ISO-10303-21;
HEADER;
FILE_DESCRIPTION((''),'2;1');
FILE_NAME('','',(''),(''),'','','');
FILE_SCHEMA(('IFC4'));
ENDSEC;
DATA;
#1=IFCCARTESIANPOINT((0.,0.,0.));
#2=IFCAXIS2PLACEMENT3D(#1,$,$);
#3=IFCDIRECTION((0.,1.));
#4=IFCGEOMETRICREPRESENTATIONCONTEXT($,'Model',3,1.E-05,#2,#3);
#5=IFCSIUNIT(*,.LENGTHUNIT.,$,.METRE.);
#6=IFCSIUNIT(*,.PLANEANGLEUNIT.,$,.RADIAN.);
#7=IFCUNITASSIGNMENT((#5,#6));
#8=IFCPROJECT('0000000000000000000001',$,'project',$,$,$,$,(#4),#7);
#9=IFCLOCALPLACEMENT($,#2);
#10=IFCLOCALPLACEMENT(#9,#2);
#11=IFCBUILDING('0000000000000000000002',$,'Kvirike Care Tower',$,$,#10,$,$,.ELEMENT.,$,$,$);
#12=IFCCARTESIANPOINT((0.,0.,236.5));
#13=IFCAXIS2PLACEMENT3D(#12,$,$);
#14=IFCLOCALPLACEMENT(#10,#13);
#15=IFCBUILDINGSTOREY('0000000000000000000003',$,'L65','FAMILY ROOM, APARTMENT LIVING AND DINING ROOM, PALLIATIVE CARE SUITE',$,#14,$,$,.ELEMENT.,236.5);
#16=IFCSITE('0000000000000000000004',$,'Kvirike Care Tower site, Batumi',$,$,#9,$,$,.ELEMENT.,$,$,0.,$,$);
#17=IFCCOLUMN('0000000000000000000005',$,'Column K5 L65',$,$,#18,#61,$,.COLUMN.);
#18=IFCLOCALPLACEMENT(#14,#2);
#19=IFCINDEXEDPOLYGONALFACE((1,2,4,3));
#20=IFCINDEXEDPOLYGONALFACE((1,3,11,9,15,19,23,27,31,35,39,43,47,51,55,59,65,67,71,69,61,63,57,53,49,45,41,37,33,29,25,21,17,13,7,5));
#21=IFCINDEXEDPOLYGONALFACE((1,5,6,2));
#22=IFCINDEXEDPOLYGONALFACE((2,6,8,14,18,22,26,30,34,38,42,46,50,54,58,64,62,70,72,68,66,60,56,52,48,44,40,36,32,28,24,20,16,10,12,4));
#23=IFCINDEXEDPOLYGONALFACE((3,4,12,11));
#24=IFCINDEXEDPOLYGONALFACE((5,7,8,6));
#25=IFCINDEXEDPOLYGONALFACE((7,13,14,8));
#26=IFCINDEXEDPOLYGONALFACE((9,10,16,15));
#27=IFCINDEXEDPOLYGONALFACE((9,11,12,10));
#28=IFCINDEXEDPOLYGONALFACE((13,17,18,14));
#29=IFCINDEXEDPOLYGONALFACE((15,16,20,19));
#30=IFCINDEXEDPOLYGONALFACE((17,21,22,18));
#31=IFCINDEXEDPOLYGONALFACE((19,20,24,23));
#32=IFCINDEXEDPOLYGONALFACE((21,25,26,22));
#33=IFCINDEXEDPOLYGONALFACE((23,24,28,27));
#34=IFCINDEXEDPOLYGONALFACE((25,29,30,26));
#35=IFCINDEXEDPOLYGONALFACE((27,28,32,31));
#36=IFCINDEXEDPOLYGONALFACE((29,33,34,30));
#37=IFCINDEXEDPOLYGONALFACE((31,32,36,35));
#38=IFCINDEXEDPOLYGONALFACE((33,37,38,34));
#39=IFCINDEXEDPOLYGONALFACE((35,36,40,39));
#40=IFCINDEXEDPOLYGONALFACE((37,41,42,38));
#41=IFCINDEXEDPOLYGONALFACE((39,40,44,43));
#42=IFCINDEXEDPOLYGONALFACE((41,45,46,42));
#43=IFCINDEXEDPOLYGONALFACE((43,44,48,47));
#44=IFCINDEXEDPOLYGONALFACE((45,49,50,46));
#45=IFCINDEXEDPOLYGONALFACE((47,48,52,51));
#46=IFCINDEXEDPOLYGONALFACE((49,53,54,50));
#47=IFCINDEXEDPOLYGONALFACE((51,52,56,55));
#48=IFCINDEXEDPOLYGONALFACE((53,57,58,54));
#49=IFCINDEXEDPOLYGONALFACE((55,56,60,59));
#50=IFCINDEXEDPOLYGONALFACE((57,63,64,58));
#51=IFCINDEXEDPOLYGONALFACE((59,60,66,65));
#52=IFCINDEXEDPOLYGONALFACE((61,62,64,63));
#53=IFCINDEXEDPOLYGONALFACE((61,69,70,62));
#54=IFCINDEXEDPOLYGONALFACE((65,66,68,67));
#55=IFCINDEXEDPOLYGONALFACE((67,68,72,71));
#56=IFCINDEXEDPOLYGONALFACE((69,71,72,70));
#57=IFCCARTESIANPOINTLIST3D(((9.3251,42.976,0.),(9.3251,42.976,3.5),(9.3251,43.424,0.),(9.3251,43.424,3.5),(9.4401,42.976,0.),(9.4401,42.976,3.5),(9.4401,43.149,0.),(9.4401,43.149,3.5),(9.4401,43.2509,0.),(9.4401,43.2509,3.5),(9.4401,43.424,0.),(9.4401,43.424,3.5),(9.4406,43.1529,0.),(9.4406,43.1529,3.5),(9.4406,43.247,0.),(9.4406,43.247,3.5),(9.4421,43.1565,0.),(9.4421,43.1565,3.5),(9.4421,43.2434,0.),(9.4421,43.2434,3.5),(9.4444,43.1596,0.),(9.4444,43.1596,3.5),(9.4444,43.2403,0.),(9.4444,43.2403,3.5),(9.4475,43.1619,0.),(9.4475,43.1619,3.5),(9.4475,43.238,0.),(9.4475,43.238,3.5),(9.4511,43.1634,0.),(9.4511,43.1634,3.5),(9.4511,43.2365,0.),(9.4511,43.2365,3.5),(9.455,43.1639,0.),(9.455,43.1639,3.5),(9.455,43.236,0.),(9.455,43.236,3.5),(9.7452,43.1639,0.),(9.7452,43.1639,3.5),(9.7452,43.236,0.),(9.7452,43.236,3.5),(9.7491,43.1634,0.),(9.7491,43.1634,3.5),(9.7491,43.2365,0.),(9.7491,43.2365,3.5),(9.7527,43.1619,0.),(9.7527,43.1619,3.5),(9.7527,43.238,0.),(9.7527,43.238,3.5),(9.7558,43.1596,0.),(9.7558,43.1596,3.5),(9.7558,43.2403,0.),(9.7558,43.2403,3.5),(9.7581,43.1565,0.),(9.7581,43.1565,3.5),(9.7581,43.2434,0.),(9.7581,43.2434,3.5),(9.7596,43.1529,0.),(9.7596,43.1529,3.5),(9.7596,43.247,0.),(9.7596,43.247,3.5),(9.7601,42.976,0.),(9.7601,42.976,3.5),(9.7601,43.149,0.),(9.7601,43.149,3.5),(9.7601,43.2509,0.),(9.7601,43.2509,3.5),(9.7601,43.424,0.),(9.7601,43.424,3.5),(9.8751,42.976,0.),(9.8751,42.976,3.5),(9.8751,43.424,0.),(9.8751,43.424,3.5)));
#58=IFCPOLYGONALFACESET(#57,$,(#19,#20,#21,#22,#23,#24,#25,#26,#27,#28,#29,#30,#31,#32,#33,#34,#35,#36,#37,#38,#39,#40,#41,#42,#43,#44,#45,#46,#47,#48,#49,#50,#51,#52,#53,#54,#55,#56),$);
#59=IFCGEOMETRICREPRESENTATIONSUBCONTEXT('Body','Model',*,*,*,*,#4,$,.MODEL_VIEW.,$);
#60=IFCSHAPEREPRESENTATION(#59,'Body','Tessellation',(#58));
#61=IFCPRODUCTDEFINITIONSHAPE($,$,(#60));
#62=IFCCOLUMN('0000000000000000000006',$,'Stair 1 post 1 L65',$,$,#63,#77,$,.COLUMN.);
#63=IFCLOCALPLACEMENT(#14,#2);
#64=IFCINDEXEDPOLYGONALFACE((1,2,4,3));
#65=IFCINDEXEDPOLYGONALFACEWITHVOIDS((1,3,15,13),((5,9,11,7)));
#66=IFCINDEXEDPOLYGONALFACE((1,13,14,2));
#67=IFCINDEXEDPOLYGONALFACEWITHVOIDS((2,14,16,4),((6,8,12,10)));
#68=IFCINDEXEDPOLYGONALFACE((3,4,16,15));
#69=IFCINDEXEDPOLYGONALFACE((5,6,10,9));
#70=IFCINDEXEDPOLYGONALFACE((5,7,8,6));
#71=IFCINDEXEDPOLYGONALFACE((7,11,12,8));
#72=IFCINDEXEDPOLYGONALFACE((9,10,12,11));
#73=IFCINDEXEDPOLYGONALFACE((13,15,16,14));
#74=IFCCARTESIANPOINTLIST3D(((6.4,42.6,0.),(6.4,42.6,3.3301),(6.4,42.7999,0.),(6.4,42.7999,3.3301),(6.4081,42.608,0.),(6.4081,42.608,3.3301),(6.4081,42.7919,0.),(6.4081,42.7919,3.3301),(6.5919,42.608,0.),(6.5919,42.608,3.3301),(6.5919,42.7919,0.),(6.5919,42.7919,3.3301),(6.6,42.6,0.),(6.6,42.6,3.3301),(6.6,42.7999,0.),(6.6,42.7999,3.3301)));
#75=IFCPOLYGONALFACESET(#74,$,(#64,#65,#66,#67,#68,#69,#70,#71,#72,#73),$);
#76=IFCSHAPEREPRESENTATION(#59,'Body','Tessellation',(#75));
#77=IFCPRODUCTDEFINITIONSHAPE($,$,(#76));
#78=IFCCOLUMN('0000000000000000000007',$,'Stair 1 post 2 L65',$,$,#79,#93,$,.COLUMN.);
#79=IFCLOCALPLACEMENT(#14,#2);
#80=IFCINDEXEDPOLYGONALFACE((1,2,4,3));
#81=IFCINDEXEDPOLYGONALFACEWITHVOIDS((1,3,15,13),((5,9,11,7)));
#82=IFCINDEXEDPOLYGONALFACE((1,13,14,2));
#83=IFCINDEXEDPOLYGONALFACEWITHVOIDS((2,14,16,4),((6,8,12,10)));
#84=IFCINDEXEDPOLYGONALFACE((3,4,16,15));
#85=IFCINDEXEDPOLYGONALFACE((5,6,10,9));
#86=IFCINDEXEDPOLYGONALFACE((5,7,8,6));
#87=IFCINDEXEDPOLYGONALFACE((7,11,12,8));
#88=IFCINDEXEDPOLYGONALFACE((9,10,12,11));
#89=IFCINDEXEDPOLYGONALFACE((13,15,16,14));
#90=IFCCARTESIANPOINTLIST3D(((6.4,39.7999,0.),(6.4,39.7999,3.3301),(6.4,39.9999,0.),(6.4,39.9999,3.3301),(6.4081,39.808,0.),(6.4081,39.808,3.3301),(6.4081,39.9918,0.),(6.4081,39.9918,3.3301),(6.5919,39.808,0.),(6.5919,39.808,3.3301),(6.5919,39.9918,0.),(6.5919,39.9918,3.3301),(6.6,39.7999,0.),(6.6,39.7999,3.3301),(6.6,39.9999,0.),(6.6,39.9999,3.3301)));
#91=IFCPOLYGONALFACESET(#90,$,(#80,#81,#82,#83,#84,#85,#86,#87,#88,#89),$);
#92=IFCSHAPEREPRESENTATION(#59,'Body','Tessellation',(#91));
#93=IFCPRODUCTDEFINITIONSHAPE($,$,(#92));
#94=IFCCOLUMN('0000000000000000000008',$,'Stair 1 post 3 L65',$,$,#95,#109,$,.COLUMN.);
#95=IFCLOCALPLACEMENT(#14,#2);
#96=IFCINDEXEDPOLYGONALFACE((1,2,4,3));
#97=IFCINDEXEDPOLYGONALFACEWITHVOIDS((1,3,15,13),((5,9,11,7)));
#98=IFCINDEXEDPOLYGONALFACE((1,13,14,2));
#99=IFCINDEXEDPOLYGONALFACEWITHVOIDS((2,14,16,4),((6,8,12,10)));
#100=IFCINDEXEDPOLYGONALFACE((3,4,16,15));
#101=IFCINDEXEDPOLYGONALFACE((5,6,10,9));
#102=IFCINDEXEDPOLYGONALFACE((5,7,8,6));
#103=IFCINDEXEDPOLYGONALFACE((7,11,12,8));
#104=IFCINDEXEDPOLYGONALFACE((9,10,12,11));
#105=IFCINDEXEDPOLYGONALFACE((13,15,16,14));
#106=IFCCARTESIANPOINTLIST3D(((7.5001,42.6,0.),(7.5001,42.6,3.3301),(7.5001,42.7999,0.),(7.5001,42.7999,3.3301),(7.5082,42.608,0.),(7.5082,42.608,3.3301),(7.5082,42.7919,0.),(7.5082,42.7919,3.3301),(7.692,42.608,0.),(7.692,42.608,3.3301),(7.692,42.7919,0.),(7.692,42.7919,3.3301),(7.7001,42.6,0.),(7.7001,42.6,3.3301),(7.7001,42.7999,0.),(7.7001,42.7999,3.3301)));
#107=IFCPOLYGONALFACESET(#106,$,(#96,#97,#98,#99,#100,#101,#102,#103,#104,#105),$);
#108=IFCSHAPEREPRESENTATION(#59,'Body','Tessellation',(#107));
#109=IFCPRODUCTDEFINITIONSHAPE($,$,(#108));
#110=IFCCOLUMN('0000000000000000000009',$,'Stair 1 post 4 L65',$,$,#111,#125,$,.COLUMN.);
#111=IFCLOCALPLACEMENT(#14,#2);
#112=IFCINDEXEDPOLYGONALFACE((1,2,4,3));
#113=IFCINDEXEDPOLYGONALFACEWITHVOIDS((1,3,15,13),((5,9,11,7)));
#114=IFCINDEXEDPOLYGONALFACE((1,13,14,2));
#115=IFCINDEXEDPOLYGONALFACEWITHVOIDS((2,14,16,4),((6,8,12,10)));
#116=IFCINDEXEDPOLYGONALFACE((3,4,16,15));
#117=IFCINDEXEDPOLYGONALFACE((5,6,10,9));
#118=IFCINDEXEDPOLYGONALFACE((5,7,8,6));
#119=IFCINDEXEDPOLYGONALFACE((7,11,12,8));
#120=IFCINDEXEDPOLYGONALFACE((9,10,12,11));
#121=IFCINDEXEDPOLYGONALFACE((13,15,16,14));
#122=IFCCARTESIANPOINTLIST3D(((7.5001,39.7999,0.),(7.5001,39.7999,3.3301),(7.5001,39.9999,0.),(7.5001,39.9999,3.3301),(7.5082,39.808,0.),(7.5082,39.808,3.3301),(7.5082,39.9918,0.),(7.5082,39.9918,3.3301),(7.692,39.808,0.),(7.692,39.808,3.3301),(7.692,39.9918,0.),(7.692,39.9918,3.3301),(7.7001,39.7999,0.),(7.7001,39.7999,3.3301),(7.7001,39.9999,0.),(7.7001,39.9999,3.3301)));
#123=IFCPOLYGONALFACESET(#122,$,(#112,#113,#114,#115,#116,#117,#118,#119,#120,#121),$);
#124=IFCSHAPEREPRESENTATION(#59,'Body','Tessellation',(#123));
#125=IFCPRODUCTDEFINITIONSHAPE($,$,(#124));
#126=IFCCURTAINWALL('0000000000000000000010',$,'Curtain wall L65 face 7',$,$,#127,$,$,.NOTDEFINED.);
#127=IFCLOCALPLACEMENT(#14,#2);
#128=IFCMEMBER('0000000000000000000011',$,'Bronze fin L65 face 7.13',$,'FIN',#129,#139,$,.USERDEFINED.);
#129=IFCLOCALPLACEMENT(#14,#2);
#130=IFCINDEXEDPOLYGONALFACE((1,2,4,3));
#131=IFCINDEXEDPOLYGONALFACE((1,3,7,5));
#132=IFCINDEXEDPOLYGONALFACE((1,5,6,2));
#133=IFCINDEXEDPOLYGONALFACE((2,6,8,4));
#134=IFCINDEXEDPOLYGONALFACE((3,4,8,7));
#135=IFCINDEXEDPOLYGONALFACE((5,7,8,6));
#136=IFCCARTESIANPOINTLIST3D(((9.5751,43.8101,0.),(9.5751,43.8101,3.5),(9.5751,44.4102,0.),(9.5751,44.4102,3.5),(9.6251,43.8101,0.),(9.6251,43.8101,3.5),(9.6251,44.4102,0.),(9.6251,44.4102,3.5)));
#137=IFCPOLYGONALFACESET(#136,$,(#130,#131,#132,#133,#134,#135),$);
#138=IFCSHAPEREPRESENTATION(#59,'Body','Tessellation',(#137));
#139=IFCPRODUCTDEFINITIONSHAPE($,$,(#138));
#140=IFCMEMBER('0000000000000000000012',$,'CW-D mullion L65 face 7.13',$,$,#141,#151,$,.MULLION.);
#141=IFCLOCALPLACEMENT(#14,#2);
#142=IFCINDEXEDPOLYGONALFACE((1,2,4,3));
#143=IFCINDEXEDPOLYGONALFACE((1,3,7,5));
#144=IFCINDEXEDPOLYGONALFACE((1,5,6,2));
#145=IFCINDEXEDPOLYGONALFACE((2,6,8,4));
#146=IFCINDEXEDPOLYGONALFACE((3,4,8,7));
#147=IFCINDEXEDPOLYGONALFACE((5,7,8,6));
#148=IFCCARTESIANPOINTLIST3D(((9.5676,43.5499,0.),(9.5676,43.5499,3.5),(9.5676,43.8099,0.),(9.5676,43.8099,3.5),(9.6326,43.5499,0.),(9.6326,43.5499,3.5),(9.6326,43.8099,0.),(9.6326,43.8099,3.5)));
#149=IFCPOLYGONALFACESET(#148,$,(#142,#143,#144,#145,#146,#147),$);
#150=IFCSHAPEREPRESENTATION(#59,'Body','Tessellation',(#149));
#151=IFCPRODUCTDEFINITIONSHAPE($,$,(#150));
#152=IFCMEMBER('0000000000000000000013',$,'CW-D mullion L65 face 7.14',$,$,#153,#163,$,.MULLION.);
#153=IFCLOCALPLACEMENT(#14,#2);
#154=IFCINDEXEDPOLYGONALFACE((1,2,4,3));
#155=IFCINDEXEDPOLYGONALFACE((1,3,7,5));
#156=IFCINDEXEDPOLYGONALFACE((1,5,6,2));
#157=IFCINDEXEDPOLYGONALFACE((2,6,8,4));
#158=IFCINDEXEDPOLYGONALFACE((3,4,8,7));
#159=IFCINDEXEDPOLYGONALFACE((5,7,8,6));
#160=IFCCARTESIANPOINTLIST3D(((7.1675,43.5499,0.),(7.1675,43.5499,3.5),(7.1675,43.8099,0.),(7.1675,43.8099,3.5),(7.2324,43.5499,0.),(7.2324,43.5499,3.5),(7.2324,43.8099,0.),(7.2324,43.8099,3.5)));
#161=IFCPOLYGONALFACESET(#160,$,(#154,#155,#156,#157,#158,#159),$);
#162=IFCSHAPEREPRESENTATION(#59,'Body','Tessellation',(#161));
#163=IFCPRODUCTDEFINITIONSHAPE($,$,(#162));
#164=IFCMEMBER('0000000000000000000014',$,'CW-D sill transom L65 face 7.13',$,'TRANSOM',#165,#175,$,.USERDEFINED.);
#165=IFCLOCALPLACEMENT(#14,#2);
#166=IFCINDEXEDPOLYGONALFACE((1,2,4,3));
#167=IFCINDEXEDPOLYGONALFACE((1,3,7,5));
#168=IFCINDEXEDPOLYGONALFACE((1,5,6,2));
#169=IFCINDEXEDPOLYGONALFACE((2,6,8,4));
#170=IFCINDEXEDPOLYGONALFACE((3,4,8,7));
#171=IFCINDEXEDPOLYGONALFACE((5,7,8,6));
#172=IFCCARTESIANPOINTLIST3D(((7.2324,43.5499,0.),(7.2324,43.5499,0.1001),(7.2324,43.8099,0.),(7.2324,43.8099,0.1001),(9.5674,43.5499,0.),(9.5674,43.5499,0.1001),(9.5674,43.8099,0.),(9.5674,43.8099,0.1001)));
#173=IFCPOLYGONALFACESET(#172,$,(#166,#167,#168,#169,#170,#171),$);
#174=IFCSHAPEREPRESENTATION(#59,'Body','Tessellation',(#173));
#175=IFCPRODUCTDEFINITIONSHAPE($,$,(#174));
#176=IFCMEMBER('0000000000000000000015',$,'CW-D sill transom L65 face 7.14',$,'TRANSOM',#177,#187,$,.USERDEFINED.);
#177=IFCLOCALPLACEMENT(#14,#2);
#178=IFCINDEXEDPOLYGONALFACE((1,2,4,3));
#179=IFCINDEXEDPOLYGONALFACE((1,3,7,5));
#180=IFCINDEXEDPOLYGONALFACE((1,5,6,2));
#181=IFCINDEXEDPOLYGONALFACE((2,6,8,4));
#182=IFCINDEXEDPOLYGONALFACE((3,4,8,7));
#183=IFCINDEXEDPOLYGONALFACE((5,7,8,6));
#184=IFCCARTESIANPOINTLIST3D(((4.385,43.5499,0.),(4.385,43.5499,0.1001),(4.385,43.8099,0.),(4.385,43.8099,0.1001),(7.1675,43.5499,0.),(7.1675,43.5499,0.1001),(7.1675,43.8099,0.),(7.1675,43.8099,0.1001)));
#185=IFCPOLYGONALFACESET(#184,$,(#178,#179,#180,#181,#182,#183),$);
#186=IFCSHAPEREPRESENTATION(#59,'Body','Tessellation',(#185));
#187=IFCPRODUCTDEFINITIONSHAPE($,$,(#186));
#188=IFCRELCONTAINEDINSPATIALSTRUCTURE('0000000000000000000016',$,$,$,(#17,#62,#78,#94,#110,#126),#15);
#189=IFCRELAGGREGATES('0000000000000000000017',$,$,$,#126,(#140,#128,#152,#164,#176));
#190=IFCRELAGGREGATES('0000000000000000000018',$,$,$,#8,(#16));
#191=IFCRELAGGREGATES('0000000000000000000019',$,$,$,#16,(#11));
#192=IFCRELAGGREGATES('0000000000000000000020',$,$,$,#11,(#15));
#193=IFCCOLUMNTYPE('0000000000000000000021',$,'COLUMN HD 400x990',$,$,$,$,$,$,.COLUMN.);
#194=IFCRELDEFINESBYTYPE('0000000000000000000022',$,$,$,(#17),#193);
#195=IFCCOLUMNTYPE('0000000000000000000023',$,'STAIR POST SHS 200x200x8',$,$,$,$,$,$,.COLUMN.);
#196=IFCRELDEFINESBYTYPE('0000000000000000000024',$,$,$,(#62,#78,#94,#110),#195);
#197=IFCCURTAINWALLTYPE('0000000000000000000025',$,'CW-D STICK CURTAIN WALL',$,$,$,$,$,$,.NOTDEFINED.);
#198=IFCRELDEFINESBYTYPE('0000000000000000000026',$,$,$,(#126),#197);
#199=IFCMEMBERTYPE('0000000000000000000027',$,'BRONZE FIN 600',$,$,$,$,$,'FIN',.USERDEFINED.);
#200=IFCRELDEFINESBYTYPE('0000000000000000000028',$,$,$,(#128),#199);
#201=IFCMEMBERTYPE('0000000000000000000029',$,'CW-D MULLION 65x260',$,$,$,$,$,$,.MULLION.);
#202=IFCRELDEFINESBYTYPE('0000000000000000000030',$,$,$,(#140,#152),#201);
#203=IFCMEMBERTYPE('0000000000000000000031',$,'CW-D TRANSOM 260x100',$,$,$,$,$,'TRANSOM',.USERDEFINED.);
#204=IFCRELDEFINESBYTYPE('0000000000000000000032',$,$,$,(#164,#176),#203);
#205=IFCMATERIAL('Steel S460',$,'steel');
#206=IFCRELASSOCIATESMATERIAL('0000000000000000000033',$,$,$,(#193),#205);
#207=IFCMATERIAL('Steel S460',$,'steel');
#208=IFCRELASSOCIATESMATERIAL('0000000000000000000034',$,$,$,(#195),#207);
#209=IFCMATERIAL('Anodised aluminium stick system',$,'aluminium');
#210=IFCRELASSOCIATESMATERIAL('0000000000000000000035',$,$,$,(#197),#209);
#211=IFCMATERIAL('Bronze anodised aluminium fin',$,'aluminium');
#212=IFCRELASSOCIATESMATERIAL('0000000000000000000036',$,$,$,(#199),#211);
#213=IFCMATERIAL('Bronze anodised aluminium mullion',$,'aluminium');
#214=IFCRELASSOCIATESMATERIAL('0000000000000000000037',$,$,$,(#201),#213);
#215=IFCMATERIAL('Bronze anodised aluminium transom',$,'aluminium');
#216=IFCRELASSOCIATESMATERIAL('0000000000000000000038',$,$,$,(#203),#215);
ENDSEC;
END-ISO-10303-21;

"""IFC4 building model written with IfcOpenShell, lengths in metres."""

from ifc_helpers import new_model, si_unit, direction, frame, origin, origin_2d, place, context, subcontext, project, spatial, rectangle, hollow_rectangle, i_section, extrude, material, material_profile, profile_set, type_object, element, aggregate, save


model = new_model("IFC4")

# Units and contexts
model_context = context("Model", 3, precision=1e-05, world=origin(), true_north=direction((0.0, 1.0)))
body_context = subcontext(model_context, "Body", "Model", "MODEL_VIEW")
ifc_project = project(units=[si_unit("LENGTHUNIT", "METRE"), si_unit("PLANEANGLEUNIT", "RADIAN")], contexts=[model_context])

# Site, building, storey
site_placement = place(None, origin())
site = spatial("IfcSite", under=ifc_project, at=site_placement, Name="Kvirike Care Tower site, Batumi", CompositionType="ELEMENT", RefElevation=0.0)
building_placement = place(site_placement, origin())
building = spatial("IfcBuilding", under=site, at=building_placement, Name="Kvirike Care Tower", CompositionType="ELEMENT")
storey_placement = place(building_placement, frame((0.0, 0.0, 236.5)))
storey = spatial("IfcBuildingStorey", under=building, at=storey_placement, Name="L65", Description="FAMILY ROOM, APARTMENT LIVING AND DINING ROOM, PALLIATIVE CARE SUITE", CompositionType="ELEMENT", Elevation=236.5)

# Columns
ifc_material_1 = material(Name="Steel S460", Category="steel")
ifc_material_profile_1 = material_profile(ifc_material_1, i_section(OverallWidth=0.448, OverallDepth=0.55, WebThickness=0.072, FlangeThickness=0.115, FilletRadius=0.0149, at=origin_2d()), Name="HD 400x990")
ifc_profile_set_1 = profile_set([ifc_material_profile_1], Name="Steel S460")
column_type_1 = type_object("IfcColumnType", Name="COLUMN HD 400x990", PredefinedType="COLUMN", material=ifc_profile_set_1)
column_placement = place(storey_placement, frame((9.6001, 43.2, 0.0), z_axis=(0.0, 0.0, 1.0), x_axis=(0.0, 1.0, 0.0)))
element("IfcColumn", 1, at=column_placement, inside=storey, type_object=column_type_1, Name="Column K5 L65", PredefinedType="COLUMN", context=body_context, shape_type="SweptSolid", body=[
    extrude(i_section(OverallWidth=0.448, OverallDepth=0.55, WebThickness=0.072, FlangeThickness=0.115, FilletRadius=0.0149, at=origin_2d()), origin(), (0.0, 0.0, 1.0), 3.5),
])
ifc_material_2 = material(Name="Steel S460", Category="steel")
ifc_material_profile_2 = material_profile(ifc_material_2, hollow_rectangle(XDim=0.2, YDim=0.2, WallThickness=0.0081, at=origin_2d()), Name="SHS 200x200x8")
ifc_profile_set_2 = profile_set([ifc_material_profile_2], Name="Steel S460")
column_type_2 = type_object("IfcColumnType", Name="STAIR POST SHS 200x200x8", PredefinedType="COLUMN", material=ifc_profile_set_2)
for number, where, z_axis, x_axis, name in (
    (2, (6.5, 42.7, 0.0), (0.0, 0.0, 1.0), (1.0, 0.0, 0.0), "Stair 1 post 1 L65"),
    (3, (6.5, 39.8999, 0.0), (0.0, 0.0, 1.0), (1.0, 0.0, 0.0), "Stair 1 post 2 L65"),
    (4, (7.6001, 42.7, 0.0), (0.0, 0.0, 1.0), (1.0, 0.0, 0.0), "Stair 1 post 3 L65"),
    (5, (7.6001, 39.8999, 0.0), (0.0, 0.0, 1.0), (1.0, 0.0, 0.0), "Stair 1 post 4 L65"),
):
    element("IfcColumn", number, at=place(storey_placement, frame(where, z_axis=z_axis, x_axis=x_axis)), inside=storey, type_object=column_type_2, Name=name, PredefinedType="COLUMN", context=body_context, shape_type="SweptSolid", body=[
        extrude(hollow_rectangle(XDim=0.2, YDim=0.2, WallThickness=0.0081, at=origin_2d()), origin(), (0.0, 0.0, 1.0), 3.3301),
    ])

# Curtain wall, members
ifc_material_3 = material(Name="Anodised aluminium stick system", Category="aluminium")
curtain_wall_type = type_object("IfcCurtainWallType", Name="CW-D STICK CURTAIN WALL", PredefinedType="NOTDEFINED", material=ifc_material_3)
curtain_wall_placement = place(storey_placement, origin())
curtain_wall = element("IfcCurtainWall", 6, at=curtain_wall_placement, inside=storey, type_object=curtain_wall_type, Name="Curtain wall L65 face 7", PredefinedType="NOTDEFINED")
ifc_material_4 = material(Name="Bronze anodised aluminium fin", Category="aluminium")
ifc_material_profile_3 = material_profile(ifc_material_4, rectangle(XDim=0.05, YDim=0.6001, at=origin_2d()), Name="BRONZE FIN 600")
ifc_profile_set_3 = profile_set([ifc_material_profile_3], Name="Bronze anodised aluminium fin")
member_type_1 = type_object("IfcMemberType", Name="BRONZE FIN 600", ElementType="FIN", PredefinedType="USERDEFINED", material=ifc_profile_set_3)
member_1_placement = place(storey_placement, frame((9.6001, 44.1101, 0.0), z_axis=(0.0, 0.0, 1.0), x_axis=(-1.0, 0.0, 0.0)))
member_1 = element("IfcMember", 7, at=member_1_placement, type_object=member_type_1, Name="Bronze fin L65 face 7.13", ObjectType="FIN", PredefinedType="USERDEFINED", context=body_context, shape_type="SweptSolid", body=[
    extrude(rectangle(XDim=0.05, YDim=0.6001, at=origin_2d()), origin(), (0.0, 0.0, 1.0), 3.5),
])
ifc_material_5 = material(Name="Bronze anodised aluminium mullion", Category="aluminium")
ifc_material_profile_4 = material_profile(ifc_material_5, rectangle(XDim=0.0649, YDim=0.26, at=origin_2d()), Name="CW-D MULLION 65x260")
ifc_profile_set_4 = profile_set([ifc_material_profile_4], Name="Bronze anodised aluminium mullion")
member_type_2 = type_object("IfcMemberType", Name="CW-D MULLION 65x260", PredefinedType="MULLION", material=ifc_profile_set_4)
member_2_placement = place(storey_placement, frame((9.6001, 43.6799, 0.0), z_axis=(0.0, 0.0, 1.0), x_axis=(-1.0, 0.0, 0.0)))
member_2 = element("IfcMember", 8, at=member_2_placement, type_object=member_type_2, Name="CW-D mullion L65 face 7.13", PredefinedType="MULLION", context=body_context, shape_type="SweptSolid", body=[
    extrude(rectangle(XDim=0.0649, YDim=0.26, at=origin_2d()), origin(), (0.0, 0.0, 1.0), 3.5),
])
member_3_placement = place(storey_placement, frame((7.2, 43.6799, 0.0), z_axis=(0.0, 0.0, 1.0), x_axis=(-1.0, 0.0, 0.0)))
member_3 = element("IfcMember", 9, at=member_3_placement, type_object=member_type_2, Name="CW-D mullion L65 face 7.14", PredefinedType="MULLION", context=body_context, shape_type="SweptSolid", body=[
    extrude(rectangle(XDim=0.0649, YDim=0.26, at=origin_2d()), origin(), (0.0, 0.0, 1.0), 3.5),
])
ifc_material_6 = material(Name="Bronze anodised aluminium transom", Category="aluminium")
ifc_material_profile_5 = material_profile(ifc_material_6, rectangle(XDim=0.26, YDim=0.1001, at=origin_2d()), Name="CW-D TRANSOM 260x100")
ifc_profile_set_5 = profile_set([ifc_material_profile_5], Name="Bronze anodised aluminium transom")
member_type_3 = type_object("IfcMemberType", Name="CW-D TRANSOM 260x100", ElementType="TRANSOM", PredefinedType="USERDEFINED", material=ifc_profile_set_5)
member_4_placement = place(storey_placement, frame((9.5674, 43.6799, 0.05), z_axis=(-1.0, 0.0, 0.0), x_axis=(0.0, -1.0, 0.0)))
member_4 = element("IfcMember", 10, at=member_4_placement, type_object=member_type_3, Name="CW-D sill transom L65 face 7.13", ObjectType="TRANSOM", PredefinedType="USERDEFINED", context=body_context, shape_type="SweptSolid", body=[
    extrude(rectangle(XDim=0.26, YDim=0.1001, at=origin_2d()), origin(), (0.0, 0.0, 1.0), 2.335),
])
member_5_placement = place(storey_placement, frame((7.1675, 43.6799, 0.05), z_axis=(-1.0, 0.0, 0.0), x_axis=(0.0, -1.0, 0.0)))
member_5 = element("IfcMember", 11, at=member_5_placement, type_object=member_type_3, Name="CW-D sill transom L65 face 7.14", ObjectType="TRANSOM", PredefinedType="USERDEFINED", context=body_context, shape_type="SweptSolid", body=[
    extrude(rectangle(XDim=0.26, YDim=0.1001, at=origin_2d()), origin(), (0.0, 0.0, 1.0), 2.7825),
])

aggregate(curtain_wall, [member_2, member_1, member_3, member_4, member_5])

save(model, "model.ifc")
